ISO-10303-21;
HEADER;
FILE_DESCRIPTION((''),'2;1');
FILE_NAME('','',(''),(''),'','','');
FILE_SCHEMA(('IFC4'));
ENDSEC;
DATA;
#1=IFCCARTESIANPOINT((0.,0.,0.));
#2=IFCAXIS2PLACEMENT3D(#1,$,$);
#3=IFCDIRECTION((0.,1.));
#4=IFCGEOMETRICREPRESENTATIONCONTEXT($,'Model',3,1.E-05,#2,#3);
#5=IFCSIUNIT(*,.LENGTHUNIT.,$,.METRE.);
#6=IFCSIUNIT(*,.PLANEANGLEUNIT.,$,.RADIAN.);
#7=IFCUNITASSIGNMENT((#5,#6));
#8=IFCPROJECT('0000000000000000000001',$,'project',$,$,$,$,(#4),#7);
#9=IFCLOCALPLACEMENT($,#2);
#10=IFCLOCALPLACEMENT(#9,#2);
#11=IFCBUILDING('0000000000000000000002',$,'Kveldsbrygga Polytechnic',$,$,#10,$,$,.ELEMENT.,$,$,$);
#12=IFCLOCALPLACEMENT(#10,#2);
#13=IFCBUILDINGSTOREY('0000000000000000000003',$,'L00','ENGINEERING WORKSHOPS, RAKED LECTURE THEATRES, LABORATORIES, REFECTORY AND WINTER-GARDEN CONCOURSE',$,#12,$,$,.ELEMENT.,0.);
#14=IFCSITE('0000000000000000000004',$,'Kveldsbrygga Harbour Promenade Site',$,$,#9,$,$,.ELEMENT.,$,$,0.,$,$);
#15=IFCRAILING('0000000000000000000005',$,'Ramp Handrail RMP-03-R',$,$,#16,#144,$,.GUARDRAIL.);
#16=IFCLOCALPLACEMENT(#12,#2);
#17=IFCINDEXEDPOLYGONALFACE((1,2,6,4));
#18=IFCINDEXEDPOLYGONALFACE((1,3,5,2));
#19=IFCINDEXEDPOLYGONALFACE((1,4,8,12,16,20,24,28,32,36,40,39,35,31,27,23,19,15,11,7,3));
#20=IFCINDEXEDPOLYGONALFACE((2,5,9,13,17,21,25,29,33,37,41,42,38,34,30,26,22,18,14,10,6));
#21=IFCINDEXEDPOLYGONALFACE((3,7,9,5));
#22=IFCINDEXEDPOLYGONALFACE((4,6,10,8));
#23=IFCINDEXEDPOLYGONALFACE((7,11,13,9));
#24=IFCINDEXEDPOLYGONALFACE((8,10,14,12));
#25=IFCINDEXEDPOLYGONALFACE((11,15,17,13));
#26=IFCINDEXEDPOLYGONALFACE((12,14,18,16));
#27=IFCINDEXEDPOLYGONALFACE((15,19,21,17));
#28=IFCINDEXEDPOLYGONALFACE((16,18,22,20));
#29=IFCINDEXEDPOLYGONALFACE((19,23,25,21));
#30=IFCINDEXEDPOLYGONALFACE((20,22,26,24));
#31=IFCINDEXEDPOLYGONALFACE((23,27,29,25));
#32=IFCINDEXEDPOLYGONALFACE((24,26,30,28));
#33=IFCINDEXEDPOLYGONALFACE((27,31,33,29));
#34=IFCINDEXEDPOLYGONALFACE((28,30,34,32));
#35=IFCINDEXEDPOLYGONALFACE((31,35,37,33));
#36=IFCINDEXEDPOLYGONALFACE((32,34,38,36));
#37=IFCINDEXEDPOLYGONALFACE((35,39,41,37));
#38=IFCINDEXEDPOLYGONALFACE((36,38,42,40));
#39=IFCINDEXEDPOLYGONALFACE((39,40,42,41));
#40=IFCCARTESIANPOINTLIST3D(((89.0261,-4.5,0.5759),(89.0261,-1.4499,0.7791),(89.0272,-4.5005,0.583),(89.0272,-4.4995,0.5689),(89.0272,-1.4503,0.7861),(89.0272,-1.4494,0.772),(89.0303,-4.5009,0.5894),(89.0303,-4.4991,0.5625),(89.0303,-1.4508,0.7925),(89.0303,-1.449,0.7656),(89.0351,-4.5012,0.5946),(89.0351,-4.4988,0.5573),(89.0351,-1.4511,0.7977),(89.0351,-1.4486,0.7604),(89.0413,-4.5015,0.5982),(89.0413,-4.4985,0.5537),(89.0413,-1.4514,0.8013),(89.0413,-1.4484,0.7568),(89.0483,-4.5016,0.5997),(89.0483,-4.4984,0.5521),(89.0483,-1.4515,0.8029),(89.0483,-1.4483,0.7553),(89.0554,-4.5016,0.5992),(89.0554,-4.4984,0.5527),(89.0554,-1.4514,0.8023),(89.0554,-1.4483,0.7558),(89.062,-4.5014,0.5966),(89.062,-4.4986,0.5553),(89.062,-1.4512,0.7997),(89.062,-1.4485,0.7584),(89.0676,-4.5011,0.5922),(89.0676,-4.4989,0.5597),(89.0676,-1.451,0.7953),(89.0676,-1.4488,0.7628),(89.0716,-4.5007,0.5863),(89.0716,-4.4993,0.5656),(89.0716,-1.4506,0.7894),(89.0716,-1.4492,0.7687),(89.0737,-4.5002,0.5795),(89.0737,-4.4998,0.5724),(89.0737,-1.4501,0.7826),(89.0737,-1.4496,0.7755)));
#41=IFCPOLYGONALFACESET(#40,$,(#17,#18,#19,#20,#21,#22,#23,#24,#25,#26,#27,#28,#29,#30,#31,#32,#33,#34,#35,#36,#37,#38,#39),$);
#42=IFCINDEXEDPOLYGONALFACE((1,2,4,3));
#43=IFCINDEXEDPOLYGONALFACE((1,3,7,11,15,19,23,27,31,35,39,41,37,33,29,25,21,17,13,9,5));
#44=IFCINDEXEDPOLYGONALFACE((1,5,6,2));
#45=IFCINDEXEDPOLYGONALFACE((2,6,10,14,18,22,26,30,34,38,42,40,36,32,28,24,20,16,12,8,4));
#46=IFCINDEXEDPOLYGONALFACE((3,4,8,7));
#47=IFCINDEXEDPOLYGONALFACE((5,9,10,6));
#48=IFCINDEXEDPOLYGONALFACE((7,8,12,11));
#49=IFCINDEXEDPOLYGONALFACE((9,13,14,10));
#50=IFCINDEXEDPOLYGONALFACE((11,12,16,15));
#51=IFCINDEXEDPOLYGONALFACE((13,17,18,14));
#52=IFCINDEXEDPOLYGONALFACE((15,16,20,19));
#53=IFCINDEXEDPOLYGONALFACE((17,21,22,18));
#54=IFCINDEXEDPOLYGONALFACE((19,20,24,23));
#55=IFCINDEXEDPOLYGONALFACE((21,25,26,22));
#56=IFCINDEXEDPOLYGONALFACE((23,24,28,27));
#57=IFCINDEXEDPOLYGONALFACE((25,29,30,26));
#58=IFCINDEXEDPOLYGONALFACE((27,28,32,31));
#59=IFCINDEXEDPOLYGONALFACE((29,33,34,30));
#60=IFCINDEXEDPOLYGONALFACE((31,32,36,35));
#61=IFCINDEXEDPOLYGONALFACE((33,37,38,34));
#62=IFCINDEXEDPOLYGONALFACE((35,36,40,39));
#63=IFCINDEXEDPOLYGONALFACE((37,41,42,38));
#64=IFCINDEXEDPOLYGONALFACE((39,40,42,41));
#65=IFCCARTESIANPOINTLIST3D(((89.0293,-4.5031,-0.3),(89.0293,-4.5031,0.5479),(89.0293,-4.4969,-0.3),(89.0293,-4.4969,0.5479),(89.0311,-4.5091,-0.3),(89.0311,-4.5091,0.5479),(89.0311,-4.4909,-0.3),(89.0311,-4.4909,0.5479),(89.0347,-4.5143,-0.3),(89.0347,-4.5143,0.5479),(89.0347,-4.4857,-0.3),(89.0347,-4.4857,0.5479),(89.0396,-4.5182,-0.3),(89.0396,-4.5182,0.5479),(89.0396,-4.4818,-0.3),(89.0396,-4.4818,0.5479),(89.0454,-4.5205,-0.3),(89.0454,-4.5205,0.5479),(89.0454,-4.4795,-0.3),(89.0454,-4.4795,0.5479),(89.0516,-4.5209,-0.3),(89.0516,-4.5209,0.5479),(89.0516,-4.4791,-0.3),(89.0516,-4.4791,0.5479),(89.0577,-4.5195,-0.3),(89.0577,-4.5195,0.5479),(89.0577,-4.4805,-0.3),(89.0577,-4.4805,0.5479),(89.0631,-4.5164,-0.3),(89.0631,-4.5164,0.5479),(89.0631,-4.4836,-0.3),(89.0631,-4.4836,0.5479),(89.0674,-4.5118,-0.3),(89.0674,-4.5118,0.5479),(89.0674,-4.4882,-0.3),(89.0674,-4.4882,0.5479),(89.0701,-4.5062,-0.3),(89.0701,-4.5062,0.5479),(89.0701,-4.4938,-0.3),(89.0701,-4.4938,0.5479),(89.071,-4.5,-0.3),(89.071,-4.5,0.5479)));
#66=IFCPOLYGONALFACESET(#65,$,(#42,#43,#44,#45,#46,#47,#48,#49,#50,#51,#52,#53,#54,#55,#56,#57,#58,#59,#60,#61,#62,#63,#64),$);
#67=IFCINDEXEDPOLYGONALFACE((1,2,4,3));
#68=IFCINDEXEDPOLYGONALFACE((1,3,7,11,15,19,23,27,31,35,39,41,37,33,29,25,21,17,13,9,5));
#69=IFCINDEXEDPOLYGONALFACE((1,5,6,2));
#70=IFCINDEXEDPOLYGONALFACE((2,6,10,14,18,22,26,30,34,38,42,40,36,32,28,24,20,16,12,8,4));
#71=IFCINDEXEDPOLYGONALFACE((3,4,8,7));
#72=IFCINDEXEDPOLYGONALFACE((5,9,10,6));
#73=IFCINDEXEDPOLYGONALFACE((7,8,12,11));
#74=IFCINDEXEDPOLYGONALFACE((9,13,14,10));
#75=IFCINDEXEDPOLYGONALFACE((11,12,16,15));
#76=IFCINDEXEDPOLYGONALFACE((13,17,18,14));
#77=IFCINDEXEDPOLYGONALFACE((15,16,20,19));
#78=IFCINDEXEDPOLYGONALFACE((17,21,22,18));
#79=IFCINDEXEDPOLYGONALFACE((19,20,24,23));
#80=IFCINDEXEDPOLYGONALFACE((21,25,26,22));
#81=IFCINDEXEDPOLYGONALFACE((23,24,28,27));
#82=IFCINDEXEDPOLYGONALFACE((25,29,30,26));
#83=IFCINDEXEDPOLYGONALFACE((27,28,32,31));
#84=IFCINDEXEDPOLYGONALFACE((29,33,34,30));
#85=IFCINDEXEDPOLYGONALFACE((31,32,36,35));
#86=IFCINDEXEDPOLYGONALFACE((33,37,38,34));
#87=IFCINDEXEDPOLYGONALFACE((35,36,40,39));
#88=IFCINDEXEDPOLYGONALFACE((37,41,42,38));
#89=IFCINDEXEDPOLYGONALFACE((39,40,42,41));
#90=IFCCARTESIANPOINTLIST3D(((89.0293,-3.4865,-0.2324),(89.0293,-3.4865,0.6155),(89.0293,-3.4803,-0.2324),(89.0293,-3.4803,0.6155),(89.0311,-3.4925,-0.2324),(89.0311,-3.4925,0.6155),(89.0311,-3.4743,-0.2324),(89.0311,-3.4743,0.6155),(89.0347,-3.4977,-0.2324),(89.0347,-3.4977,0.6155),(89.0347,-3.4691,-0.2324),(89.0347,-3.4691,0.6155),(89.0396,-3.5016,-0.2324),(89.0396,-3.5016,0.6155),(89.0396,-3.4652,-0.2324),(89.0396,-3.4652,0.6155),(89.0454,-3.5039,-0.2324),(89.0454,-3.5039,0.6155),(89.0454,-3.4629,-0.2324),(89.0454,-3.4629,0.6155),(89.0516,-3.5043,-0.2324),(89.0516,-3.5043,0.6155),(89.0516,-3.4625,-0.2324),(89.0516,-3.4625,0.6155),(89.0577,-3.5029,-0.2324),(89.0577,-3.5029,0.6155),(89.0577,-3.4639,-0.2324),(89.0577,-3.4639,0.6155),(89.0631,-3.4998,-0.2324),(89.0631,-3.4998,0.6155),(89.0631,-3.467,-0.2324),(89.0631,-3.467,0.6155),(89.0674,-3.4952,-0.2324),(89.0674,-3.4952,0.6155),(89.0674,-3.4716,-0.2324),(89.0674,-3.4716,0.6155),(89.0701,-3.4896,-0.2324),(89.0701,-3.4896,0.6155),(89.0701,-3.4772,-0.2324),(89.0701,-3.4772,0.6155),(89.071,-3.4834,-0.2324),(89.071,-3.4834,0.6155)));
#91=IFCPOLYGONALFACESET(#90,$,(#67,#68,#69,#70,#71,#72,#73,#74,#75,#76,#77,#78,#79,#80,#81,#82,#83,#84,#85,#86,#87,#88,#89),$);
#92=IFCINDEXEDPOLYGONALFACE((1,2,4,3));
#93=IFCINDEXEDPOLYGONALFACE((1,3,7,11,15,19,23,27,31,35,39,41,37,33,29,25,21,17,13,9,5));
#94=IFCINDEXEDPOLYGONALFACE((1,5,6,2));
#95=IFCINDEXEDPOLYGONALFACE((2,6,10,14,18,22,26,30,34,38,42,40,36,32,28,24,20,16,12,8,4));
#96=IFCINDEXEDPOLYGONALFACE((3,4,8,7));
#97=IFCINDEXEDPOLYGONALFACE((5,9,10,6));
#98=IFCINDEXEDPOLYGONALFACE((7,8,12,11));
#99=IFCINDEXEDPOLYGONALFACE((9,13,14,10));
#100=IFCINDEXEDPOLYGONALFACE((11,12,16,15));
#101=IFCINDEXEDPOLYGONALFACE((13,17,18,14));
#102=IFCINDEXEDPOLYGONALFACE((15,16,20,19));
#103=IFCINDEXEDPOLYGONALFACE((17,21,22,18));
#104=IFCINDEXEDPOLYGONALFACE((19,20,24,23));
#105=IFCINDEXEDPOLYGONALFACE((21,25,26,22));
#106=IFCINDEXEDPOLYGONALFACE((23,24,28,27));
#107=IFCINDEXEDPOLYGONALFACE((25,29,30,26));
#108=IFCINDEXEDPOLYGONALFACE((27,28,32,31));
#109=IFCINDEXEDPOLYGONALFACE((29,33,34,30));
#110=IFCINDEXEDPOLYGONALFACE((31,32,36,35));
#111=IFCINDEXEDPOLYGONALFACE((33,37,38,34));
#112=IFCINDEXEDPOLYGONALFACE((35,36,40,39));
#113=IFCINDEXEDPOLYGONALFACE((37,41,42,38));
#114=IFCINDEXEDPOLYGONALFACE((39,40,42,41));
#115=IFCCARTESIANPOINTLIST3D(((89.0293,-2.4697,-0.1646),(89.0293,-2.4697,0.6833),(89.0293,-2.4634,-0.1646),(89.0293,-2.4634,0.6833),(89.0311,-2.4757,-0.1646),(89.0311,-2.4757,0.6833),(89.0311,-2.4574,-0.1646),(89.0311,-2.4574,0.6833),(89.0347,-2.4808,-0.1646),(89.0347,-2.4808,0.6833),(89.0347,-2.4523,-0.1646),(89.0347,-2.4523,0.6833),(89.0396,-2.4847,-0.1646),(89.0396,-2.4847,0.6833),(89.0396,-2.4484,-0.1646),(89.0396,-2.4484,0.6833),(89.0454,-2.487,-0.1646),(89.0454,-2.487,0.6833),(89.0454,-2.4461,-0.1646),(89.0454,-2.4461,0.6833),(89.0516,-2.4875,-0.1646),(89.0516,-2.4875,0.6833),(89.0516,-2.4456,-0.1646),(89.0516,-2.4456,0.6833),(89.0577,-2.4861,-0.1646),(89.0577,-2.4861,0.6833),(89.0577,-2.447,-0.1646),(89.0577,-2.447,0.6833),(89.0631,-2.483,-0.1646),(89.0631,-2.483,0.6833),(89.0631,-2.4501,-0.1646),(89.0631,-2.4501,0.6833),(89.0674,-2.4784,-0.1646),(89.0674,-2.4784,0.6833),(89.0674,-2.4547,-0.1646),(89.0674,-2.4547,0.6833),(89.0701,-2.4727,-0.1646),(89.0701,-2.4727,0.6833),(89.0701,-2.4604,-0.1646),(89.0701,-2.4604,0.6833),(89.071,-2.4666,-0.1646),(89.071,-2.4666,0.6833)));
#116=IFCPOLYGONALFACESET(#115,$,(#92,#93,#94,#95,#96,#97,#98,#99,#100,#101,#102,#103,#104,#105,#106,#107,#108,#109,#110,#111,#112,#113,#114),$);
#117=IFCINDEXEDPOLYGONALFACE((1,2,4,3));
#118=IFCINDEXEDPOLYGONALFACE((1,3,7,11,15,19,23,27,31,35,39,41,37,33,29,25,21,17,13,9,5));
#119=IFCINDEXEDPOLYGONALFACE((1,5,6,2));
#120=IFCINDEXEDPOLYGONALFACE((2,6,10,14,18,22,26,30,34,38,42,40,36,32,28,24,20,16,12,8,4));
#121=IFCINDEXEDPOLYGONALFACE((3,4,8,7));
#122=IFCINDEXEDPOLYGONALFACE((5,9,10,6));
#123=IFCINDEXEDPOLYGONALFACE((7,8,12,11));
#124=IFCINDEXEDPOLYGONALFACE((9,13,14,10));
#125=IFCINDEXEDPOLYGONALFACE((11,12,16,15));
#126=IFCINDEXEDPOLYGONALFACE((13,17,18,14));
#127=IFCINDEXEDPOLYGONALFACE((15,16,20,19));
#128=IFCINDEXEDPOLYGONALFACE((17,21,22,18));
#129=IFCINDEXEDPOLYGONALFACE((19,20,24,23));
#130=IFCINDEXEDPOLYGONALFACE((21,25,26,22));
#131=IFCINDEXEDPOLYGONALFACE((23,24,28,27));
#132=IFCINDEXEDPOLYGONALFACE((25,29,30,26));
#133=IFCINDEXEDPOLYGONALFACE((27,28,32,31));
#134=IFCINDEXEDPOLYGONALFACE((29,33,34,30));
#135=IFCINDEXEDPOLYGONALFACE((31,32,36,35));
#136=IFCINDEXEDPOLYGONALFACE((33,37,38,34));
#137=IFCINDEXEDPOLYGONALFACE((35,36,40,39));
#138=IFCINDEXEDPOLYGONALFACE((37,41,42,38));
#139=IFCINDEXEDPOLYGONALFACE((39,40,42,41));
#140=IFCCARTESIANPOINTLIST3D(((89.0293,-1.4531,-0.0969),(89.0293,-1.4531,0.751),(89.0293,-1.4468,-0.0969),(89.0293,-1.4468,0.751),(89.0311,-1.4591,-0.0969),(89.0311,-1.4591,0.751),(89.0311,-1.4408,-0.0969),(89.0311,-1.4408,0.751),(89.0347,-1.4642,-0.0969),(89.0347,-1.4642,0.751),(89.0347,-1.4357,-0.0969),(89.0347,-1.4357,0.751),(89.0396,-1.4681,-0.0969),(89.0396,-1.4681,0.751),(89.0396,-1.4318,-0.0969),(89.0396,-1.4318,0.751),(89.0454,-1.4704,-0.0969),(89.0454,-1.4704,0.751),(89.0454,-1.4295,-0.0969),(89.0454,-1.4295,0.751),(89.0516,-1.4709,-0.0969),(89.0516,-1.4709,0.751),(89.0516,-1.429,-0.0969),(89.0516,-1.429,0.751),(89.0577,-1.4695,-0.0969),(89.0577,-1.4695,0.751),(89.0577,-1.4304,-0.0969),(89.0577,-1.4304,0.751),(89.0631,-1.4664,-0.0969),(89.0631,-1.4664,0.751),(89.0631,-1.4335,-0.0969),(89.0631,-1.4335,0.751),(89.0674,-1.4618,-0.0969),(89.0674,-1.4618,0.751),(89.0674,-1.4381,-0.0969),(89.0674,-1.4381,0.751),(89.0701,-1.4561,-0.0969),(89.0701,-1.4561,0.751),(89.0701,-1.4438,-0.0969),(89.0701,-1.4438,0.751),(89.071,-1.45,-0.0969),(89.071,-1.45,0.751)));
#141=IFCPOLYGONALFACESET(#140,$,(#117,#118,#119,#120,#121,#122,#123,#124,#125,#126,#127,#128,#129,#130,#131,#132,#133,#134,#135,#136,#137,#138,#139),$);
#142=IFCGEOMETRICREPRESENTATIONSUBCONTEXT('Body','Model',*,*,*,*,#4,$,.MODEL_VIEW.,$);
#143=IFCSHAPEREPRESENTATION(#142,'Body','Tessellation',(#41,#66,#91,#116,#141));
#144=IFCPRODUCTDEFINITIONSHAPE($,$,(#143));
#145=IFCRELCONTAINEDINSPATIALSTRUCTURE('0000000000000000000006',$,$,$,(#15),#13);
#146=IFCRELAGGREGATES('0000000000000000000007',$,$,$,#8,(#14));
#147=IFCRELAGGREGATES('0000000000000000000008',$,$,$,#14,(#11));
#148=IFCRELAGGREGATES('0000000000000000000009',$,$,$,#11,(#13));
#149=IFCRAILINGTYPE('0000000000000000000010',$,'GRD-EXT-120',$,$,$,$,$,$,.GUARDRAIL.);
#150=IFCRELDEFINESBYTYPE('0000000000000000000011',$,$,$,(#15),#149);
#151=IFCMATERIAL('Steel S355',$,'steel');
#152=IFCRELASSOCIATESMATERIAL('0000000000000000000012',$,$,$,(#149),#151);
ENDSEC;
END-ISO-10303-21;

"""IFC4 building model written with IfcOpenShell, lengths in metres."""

from ifc_helpers import new_model, si_unit, direction, frame, origin, origin_2d, place, context, subcontext, project, spatial, circle, extrude, material, type_object, element, save


model = new_model("IFC4")

# Units and contexts
model_context = context("Model", 3, precision=1e-05, world=origin(), true_north=direction((0.0, 1.0)))
body_context = subcontext(model_context, "Body", "Model", "MODEL_VIEW")
ifc_project = project(units=[si_unit("LENGTHUNIT", "METRE"), si_unit("PLANEANGLEUNIT", "RADIAN")], contexts=[model_context])

# Site, building, storey
site_placement = place(None, origin())
site = spatial("IfcSite", under=ifc_project, at=site_placement, Name="Kveldsbrygga Harbour Promenade Site", CompositionType="ELEMENT", RefElevation=0.0)
building_placement = place(site_placement, origin())
building = spatial("IfcBuilding", under=site, at=building_placement, Name="Kveldsbrygga Polytechnic", CompositionType="ELEMENT")
storey_placement = place(building_placement, origin())
storey = spatial("IfcBuildingStorey", under=building, at=storey_placement, Name="L00", Description="ENGINEERING WORKSHOPS, RAKED LECTURE THEATRES, LABORATORIES, REFECTORY AND WINTER-GARDEN CONCOURSE", CompositionType="ELEMENT", Elevation=0.0)

# Shared definitions
ifc_material_1 = material(Name="Steel S355", Category="steel")

# Railing
railing_type = type_object("IfcRailingType", Name="GRD-EXT-120", PredefinedType="GUARDRAIL", material=ifc_material_1)
for number, where, name in (
    (1, (89.05, -4.5, -0.3), "Ramp Handrail RMP-03-R"),
):
    element("IfcRailing", number, at=place(storey_placement, frame(where)), inside=storey, type_object=railing_type, Name=name, PredefinedType="GUARDRAIL", context=body_context, shape_type="SweptSolid", body=[
        extrude(circle(Radius=0.0239, at=origin_2d()), frame((0.0, 0.0, 0.876), z_axis=(0.0, 0.99779, 0.06645), x_axis=(-1.0, 0.0, 0.0)), (0.0, 0.0, 1.0), 3.0569),
        extrude(circle(Radius=0.021, at=origin_2d()), origin(), (0.0, 0.0, 1.0), 0.8479),
        extrude(circle(Radius=0.021, at=origin_2d()), frame((0.0, 1.0166, 0.0676)), (0.0, 0.0, 1.0), 0.8479),
        extrude(circle(Radius=0.021, at=origin_2d()), frame((0.0, 2.0334, 0.1355)), (0.0, 0.0, 1.0), 0.8479),
        extrude(circle(Radius=0.021, at=origin_2d()), frame((0.0, 3.05, 0.2031)), (0.0, 0.0, 1.0), 0.8479),
    ])

save(model, "model.ifc")
